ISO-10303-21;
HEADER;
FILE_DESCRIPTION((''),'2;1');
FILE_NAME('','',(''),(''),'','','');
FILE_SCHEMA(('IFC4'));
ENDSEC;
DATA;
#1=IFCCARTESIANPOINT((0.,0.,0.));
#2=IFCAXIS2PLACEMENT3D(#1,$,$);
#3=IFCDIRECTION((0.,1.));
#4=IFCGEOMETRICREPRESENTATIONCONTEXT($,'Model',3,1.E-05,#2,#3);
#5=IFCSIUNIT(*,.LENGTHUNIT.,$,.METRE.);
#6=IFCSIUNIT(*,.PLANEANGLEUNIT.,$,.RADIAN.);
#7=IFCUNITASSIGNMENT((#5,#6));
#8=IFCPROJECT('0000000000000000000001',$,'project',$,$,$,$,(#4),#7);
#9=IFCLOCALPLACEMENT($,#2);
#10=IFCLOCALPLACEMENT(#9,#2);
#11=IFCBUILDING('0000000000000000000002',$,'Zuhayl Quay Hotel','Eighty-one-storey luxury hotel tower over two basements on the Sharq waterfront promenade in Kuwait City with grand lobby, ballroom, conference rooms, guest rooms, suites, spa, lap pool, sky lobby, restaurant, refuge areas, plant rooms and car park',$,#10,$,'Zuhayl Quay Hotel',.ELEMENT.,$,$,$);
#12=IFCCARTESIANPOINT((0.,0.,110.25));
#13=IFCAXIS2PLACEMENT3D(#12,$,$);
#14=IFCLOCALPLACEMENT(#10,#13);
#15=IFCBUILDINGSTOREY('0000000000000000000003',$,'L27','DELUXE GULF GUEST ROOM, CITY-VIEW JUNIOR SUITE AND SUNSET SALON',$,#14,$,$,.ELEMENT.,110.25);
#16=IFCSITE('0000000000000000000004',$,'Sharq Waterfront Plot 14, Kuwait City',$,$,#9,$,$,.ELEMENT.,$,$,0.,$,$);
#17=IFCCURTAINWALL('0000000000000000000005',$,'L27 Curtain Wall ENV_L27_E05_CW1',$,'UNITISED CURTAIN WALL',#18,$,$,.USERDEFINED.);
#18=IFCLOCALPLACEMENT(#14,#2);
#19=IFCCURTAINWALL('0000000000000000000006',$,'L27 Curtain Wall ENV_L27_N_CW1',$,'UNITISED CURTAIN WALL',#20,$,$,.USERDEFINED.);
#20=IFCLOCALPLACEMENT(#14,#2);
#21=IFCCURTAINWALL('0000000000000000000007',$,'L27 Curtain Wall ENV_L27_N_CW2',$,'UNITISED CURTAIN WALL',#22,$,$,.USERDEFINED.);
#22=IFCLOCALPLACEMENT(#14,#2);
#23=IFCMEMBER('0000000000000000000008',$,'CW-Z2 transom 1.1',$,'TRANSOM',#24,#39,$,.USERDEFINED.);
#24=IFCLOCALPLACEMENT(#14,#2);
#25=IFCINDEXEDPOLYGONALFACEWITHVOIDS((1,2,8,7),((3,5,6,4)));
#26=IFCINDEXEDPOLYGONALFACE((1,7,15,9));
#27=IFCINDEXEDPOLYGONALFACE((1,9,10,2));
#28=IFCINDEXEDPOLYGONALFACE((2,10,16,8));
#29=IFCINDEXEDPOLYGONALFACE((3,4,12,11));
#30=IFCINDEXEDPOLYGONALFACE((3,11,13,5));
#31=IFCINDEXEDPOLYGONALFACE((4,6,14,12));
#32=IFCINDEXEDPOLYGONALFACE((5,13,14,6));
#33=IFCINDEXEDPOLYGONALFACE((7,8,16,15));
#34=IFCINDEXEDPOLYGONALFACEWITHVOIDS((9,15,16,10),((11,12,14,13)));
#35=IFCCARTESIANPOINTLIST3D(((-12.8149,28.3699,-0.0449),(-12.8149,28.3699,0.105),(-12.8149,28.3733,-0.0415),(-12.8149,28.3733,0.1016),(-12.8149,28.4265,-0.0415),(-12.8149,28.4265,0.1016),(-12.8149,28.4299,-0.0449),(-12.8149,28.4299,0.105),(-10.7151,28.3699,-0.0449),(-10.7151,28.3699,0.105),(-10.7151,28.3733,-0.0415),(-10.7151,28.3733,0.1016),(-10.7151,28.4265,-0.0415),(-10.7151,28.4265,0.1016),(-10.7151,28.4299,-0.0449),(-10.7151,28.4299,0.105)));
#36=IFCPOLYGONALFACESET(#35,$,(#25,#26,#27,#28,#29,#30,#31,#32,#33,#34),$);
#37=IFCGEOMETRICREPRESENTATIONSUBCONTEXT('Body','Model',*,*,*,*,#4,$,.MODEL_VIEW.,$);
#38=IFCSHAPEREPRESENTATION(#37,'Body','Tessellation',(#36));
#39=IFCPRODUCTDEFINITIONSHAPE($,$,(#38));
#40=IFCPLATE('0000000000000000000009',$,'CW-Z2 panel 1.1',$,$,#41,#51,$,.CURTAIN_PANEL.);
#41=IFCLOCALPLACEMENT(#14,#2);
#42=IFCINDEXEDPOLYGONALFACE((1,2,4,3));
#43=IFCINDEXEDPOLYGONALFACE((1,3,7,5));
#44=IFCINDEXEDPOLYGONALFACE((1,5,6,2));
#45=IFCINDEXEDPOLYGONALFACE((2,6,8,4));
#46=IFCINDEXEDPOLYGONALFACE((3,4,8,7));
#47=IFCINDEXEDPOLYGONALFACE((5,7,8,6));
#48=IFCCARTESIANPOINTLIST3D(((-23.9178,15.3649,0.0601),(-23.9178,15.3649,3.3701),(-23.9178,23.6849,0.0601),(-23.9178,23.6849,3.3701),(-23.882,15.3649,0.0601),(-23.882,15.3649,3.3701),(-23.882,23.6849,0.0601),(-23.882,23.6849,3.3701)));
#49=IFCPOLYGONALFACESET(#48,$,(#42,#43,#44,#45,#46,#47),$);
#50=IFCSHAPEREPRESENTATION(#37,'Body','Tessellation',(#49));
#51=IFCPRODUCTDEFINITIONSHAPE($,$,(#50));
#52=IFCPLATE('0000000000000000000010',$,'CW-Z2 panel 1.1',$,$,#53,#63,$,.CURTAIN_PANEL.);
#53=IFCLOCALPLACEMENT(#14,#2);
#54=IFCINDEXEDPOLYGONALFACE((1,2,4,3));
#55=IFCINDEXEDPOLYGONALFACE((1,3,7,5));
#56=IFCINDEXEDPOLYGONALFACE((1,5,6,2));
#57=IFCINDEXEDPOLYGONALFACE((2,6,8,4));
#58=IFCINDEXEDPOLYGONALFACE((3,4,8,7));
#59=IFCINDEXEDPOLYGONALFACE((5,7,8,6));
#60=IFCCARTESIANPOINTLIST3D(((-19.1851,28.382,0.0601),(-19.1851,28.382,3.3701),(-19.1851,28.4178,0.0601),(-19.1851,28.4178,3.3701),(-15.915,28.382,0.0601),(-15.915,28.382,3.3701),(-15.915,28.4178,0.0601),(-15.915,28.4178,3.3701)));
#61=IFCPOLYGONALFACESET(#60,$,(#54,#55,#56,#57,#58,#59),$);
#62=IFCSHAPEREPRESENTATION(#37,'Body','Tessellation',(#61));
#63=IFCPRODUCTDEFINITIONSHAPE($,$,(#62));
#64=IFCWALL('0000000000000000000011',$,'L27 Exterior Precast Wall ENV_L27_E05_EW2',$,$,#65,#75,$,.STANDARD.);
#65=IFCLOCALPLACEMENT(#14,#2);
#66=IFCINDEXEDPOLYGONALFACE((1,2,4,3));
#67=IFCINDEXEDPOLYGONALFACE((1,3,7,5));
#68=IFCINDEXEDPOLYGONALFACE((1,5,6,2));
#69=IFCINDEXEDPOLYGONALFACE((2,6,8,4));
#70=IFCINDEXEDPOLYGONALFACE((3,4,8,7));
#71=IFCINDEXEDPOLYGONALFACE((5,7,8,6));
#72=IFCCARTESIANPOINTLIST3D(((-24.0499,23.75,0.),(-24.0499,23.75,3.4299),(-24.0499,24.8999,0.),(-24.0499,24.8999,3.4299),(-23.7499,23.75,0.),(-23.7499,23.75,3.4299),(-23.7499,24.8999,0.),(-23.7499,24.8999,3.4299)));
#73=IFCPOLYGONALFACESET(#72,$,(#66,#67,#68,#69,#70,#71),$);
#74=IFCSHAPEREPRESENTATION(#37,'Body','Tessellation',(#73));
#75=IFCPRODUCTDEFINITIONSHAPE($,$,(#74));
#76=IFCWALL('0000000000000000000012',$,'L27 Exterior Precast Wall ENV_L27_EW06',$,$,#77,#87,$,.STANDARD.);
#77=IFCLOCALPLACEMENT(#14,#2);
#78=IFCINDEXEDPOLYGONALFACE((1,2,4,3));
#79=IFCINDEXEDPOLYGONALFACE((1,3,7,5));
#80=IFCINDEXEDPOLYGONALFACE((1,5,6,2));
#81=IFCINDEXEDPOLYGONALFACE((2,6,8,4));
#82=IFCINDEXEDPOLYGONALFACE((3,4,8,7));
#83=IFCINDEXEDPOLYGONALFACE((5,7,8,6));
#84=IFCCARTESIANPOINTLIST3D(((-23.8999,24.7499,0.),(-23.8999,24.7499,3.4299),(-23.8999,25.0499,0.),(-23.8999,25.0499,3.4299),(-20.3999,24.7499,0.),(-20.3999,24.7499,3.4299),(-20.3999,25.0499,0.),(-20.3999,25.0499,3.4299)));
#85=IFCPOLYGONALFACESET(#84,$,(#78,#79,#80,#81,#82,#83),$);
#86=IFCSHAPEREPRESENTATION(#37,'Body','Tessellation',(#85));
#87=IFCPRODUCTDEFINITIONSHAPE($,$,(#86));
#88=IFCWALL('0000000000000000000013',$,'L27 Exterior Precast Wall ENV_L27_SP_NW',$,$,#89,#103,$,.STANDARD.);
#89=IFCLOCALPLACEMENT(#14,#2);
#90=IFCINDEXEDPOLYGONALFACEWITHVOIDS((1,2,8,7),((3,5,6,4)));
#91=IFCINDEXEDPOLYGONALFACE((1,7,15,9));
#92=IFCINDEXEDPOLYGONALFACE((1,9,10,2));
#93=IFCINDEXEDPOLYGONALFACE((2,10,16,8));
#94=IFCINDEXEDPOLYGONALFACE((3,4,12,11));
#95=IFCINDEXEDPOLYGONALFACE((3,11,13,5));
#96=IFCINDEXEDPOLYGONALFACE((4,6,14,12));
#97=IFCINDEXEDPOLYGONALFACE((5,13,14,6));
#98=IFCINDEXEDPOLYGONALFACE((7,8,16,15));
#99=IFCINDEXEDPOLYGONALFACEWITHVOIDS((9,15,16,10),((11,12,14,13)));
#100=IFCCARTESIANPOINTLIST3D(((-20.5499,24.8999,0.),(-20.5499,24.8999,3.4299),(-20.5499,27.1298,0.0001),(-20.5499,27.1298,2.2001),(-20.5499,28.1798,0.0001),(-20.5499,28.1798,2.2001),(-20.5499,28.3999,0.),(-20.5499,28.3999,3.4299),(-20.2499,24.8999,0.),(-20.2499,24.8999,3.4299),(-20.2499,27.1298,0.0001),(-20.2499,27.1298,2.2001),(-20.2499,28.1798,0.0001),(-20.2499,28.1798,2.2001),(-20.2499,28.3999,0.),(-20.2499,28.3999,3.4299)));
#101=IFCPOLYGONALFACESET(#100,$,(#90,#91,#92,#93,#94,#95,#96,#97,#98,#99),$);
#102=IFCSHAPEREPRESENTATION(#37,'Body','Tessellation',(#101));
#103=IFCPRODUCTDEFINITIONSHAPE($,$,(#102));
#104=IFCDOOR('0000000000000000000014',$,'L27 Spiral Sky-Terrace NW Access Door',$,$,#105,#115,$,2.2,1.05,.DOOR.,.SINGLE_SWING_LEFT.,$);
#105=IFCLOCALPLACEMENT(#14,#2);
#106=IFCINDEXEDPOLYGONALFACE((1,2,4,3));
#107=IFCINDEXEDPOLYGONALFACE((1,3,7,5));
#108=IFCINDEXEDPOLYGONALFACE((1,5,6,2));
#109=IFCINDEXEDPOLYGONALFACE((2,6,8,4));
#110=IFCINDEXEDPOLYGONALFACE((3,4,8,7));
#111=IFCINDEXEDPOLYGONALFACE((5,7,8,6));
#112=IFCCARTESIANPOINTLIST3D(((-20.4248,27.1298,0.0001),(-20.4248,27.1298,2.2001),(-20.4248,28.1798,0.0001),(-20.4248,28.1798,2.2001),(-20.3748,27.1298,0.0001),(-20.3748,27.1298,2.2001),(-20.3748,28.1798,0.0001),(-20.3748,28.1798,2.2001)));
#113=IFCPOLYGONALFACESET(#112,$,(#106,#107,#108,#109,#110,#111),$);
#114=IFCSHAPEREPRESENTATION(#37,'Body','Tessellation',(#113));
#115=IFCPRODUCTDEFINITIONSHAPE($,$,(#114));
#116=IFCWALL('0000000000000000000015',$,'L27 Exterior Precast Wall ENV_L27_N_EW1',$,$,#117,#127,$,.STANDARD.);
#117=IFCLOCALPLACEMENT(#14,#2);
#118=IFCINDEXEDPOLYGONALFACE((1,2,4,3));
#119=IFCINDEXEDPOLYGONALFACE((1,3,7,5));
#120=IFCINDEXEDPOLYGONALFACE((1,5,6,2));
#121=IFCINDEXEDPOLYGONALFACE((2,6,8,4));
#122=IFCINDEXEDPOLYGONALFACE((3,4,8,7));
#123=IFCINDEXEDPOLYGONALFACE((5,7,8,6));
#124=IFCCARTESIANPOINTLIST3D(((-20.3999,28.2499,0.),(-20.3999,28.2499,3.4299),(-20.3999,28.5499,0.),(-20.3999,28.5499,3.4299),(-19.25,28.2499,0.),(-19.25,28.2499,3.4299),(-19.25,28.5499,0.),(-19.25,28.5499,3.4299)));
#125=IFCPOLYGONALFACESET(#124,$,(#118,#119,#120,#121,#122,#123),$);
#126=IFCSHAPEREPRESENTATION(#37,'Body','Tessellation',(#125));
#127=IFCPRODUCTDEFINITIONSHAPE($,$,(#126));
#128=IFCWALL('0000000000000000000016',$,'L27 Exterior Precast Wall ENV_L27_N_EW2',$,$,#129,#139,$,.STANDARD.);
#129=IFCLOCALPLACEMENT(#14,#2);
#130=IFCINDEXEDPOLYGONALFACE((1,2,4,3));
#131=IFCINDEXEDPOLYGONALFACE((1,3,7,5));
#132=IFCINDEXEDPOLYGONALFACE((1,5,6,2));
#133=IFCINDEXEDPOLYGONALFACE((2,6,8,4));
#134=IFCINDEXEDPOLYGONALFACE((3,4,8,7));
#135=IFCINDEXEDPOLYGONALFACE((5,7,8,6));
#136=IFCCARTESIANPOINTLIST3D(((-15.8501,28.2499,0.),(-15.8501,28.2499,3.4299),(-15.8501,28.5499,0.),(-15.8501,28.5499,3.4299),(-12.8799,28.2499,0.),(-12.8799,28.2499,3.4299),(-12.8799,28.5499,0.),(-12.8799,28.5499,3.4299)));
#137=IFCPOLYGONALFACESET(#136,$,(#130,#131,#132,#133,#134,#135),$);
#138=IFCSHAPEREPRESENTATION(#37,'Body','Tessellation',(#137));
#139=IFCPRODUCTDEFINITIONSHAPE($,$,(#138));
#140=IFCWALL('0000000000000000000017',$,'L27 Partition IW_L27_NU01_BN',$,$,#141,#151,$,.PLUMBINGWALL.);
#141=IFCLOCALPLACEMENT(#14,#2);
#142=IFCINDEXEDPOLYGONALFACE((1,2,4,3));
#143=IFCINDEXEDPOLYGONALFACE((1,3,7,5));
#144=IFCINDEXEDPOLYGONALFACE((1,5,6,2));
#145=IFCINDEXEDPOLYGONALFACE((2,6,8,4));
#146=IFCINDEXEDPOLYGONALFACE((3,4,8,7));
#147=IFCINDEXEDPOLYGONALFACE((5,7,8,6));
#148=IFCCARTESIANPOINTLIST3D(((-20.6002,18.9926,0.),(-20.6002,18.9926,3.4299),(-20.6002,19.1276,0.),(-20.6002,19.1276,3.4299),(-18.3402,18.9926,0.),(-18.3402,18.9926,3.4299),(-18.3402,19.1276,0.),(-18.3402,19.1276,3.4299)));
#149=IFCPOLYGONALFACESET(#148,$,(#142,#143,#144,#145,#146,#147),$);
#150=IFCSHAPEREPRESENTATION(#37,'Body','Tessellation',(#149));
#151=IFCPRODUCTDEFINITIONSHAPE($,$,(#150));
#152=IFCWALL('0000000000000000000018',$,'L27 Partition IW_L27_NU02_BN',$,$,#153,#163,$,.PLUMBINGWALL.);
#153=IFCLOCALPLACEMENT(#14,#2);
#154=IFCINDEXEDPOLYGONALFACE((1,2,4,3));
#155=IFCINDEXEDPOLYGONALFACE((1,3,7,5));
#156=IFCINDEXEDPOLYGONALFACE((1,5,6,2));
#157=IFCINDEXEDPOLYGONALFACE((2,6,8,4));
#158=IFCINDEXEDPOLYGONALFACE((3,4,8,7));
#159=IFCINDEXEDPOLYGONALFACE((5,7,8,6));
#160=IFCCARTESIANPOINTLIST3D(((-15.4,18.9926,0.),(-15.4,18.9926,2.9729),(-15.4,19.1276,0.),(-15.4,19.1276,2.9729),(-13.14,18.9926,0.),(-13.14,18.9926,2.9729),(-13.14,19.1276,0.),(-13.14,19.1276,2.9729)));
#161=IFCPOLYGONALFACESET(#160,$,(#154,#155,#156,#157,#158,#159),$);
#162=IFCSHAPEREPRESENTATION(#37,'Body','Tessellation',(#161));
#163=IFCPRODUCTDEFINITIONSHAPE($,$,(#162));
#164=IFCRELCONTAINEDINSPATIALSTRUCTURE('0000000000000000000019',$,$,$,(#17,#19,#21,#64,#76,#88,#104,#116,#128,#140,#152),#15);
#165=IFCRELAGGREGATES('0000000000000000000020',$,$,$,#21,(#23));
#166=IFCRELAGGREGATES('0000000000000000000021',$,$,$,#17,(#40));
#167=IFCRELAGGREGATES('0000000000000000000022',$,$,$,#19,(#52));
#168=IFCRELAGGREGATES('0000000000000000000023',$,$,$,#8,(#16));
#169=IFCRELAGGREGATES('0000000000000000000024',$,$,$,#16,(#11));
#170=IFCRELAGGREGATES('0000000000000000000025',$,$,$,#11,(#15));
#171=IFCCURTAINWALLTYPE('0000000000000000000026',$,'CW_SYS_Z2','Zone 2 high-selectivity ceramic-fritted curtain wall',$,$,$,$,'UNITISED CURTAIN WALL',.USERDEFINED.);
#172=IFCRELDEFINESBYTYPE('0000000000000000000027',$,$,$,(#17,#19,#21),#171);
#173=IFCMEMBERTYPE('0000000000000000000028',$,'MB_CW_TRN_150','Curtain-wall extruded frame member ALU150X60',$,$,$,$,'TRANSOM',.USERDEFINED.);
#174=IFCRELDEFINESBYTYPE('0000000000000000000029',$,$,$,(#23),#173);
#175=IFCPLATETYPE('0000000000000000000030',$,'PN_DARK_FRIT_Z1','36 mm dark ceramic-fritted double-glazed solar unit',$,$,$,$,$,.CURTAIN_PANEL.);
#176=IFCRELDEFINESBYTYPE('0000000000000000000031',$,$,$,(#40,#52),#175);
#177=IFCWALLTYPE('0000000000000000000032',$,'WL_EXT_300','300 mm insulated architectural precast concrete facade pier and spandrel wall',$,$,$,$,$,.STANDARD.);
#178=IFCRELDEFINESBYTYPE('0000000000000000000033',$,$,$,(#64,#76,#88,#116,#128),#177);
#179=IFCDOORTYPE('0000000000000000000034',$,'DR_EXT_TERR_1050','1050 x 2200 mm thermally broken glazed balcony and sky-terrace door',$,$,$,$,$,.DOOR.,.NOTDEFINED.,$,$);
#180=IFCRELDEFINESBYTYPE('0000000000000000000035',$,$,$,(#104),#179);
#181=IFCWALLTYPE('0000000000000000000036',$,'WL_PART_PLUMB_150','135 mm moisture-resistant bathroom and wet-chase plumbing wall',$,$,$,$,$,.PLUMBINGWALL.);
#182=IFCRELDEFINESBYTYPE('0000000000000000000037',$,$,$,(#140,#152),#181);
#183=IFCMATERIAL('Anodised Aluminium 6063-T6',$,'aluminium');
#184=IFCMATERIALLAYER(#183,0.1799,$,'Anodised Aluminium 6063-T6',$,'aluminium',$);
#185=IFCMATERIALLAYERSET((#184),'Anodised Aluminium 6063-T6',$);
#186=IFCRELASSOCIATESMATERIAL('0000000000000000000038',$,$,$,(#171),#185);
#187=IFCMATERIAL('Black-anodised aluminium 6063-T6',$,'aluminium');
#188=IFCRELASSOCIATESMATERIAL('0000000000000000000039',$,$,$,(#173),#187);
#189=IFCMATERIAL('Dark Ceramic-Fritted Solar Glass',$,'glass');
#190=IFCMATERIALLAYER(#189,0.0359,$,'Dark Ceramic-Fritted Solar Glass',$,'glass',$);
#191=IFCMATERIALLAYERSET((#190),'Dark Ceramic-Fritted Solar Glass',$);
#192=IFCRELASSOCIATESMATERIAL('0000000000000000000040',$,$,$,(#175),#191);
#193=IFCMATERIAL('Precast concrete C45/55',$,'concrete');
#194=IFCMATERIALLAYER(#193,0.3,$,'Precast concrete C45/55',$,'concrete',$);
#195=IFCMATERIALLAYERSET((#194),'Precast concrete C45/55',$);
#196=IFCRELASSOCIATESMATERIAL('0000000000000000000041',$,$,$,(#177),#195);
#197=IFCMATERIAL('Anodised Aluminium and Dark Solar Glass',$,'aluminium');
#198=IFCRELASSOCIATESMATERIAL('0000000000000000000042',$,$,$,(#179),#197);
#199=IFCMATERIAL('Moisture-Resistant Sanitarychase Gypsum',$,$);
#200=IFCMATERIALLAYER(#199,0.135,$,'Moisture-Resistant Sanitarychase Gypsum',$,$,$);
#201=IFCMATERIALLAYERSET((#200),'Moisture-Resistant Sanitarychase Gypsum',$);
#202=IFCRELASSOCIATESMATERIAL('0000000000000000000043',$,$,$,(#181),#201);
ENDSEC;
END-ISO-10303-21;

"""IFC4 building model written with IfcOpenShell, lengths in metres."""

from ifc_helpers import new_model, si_unit, direction, frame, frame_2d, origin, origin_2d, place, context, subcontext, project, spatial, rectangle, hollow_rectangle, extrude, material, layer, layer_set, material_profile, profile_set, type_object, element, fill, aggregate, save


model = new_model("IFC4")

# Units and contexts
model_context = context("Model", 3, precision=1e-05, world=origin(), true_north=direction((0.0, 1.0)))
body_context = subcontext(model_context, "Body", "Model", "MODEL_VIEW")
ifc_project = project(units=[si_unit("LENGTHUNIT", "METRE"), si_unit("PLANEANGLEUNIT", "RADIAN")], contexts=[model_context])

# Site, building, storey
site_placement = place(None, origin())
site = spatial("IfcSite", under=ifc_project, at=site_placement, Name="Sharq Waterfront Plot 14, Kuwait City", CompositionType="ELEMENT", RefElevation=0.0)
building_placement = place(site_placement, origin())
building = spatial("IfcBuilding", under=site, at=building_placement, Name="Zuhayl Quay Hotel", Description="Eighty-one-storey luxury hotel tower over two basements on the Sharq waterfront promenade in Kuwait City with grand lobby, ballroom, conference rooms, guest rooms, suites, spa, lap pool, sky lobby, restaurant, refuge areas, plant rooms and car park", LongName="Zuhayl Quay Hotel", CompositionType="ELEMENT")
storey_placement = place(building_placement, frame((0.0, 0.0, 110.25)))
storey = spatial("IfcBuildingStorey", under=building, at=storey_placement, Name="L27", Description="DELUXE GULF GUEST ROOM, CITY-VIEW JUNIOR SUITE AND SUNSET SALON", CompositionType="ELEMENT", Elevation=110.25)

# Curtain wall
ifc_material_1 = material(Name="Anodised Aluminium 6063-T6", Category="aluminium")
ifc_layer_1 = layer(ifc_material_1, 0.1799, Name="Anodised Aluminium 6063-T6", Category="aluminium")
ifc_layer_set_1 = layer_set([ifc_layer_1], Name="Anodised Aluminium 6063-T6")
curtain_wall_type = type_object("IfcCurtainWallType", Name="CW_SYS_Z2", Description="Zone 2 high-selectivity ceramic-fritted curtain wall", ElementType="UNITISED CURTAIN WALL", PredefinedType="USERDEFINED", material=ifc_layer_set_1)
curtain_wall_1_placement = place(storey_placement, origin())
curtain_wall_1 = element("IfcCurtainWall", 1, at=curtain_wall_1_placement, inside=storey, type_object=curtain_wall_type, Name="L27 Curtain Wall ENV_L27_E05_CW1", ObjectType="UNITISED CURTAIN WALL", PredefinedType="USERDEFINED")
ifc_material_2 = material(Name="Black-anodised aluminium 6063-T6", Category="aluminium")

# Curtain wall
curtain_wall_2_placement = place(storey_placement, origin())
curtain_wall_2 = element("IfcCurtainWall", 2, at=curtain_wall_2_placement, inside=storey, type_object=curtain_wall_type, Name="L27 Curtain Wall ENV_L27_N_CW1", ObjectType="UNITISED CURTAIN WALL", PredefinedType="USERDEFINED")

# Curtain wall
curtain_wall_3_placement = place(storey_placement, origin())
curtain_wall_3 = element("IfcCurtainWall", 3, at=curtain_wall_3_placement, inside=storey, type_object=curtain_wall_type, Name="L27 Curtain Wall ENV_L27_N_CW2", ObjectType="UNITISED CURTAIN WALL", PredefinedType="USERDEFINED")

# Member
ifc_material_profile_1 = material_profile(ifc_material_2, hollow_rectangle(XDim=0.0601, YDim=0.1499, WallThickness=0.0034, at=origin_2d()), Name="ALU150X60")
ifc_profile_set_1 = profile_set([ifc_material_profile_1], Name="Black-anodised aluminium 6063-T6")
member_type_1 = type_object("IfcMemberType", Name="MB_CW_TRN_150", Description="Curtain-wall extruded frame member ALU150X60", ElementType="TRANSOM", PredefinedType="USERDEFINED", material=ifc_profile_set_1)
member_1_placement = place(storey_placement, frame((-12.8149, 28.3999, 0.03), z_axis=(1.0, 0.0, 0.0), x_axis=(0.0, 1.0, 0.0)))
member_1 = element("IfcMember", 4, at=member_1_placement, type_object=member_type_1, Name="CW-Z2 transom 1.1", ObjectType="TRANSOM", PredefinedType="USERDEFINED", context=body_context, shape_type="SweptSolid", body=[
    extrude(hollow_rectangle(XDim=0.0601, YDim=0.1499, WallThickness=0.0034, at=origin_2d()), origin(), (0.0, 0.0, 1.0), 2.0999),
])
aggregate(curtain_wall_3, [member_1])

# Plates
ifc_material_3 = material(Name="Dark Ceramic-Fritted Solar Glass", Category="glass")
ifc_layer_2 = layer(ifc_material_3, 0.0359, Name="Dark Ceramic-Fritted Solar Glass", Category="glass")
ifc_layer_set_2 = layer_set([ifc_layer_2], Name="Dark Ceramic-Fritted Solar Glass")
plate_type = type_object("IfcPlateType", Name="PN_DARK_FRIT_Z1", Description="36 mm dark ceramic-fritted double-glazed solar unit", PredefinedType="CURTAIN_PANEL", material=ifc_layer_set_2)
plate_1_placement = place(storey_placement, frame((-23.8999, 19.5249, 0.0601), z_axis=(0.0, 0.0, 1.0), x_axis=(0.0, 1.0, 0.0)))
plate_1 = element("IfcPlate", 5, at=plate_1_placement, type_object=plate_type, Name="CW-Z2 panel 1.1", PredefinedType="CURTAIN_PANEL", context=body_context, shape_type="SweptSolid", body=[
    extrude(rectangle(XDim=8.3201, YDim=0.0359, at=origin_2d()), origin(), (0.0, 0.0, 1.0), 3.3101),
])
aggregate(curtain_wall_1, [plate_1])
plate_2_placement = place(storey_placement, frame((-17.55, 28.3999, 0.0601), z_axis=(0.0, 0.0, 1.0), x_axis=(1.0, 0.0, 0.0)))
plate_2 = element("IfcPlate", 6, at=plate_2_placement, type_object=plate_type, Name="CW-Z2 panel 1.1", PredefinedType="CURTAIN_PANEL", context=body_context, shape_type="SweptSolid", body=[
    extrude(rectangle(XDim=3.27, YDim=0.0359, at=origin_2d()), origin(), (0.0, 0.0, 1.0), 3.3101),
])
aggregate(curtain_wall_2, [plate_2])

# Walls
ifc_material_4 = material(Name="Precast concrete C45/55", Category="concrete")
ifc_layer_3 = layer(ifc_material_4, 0.3, Name="Precast concrete C45/55", Category="concrete")
ifc_layer_set_3 = layer_set([ifc_layer_3], Name="Precast concrete C45/55")
wall_type_1 = type_object("IfcWallType", Name="WL_EXT_300", Description="300 mm insulated architectural precast concrete facade pier and spandrel wall", PredefinedType="STANDARD", material=ifc_layer_set_3)
wall_1_placement = place(storey_placement, frame((-23.8999, 23.75, 0.0), z_axis=(0.0, 0.0, 1.0), x_axis=(0.0, 1.0, 0.0)))
element("IfcWall", 7, at=wall_1_placement, inside=storey, type_object=wall_type_1, Name="L27 Exterior Precast Wall ENV_L27_E05_EW2", PredefinedType="STANDARD", context=body_context, shape_type="SweptSolid", body=[
    extrude(rectangle(XDim=1.1499, YDim=0.3, at=frame_2d((0.575, 0.0))), origin(), (0.0, 0.0, 1.0), 3.4299),
])
wall_2_placement = place(storey_placement, frame((-23.8999, 24.8999, 0.0), z_axis=(0.0, 0.0, 1.0), x_axis=(1.0, 0.0, 0.0)))
element("IfcWall", 8, at=wall_2_placement, inside=storey, type_object=wall_type_1, Name="L27 Exterior Precast Wall ENV_L27_EW06", PredefinedType="STANDARD", context=body_context, shape_type="SweptSolid", body=[
    extrude(rectangle(XDim=3.5, YDim=0.3, at=frame_2d((1.75, 0.0))), origin(), (0.0, 0.0, 1.0), 3.4299),
])

# Wall, opening, door
wall_3_placement = place(storey_placement, frame((-20.3999, 24.8999, 0.0), z_axis=(0.0, 0.0, 1.0), x_axis=(0.0, 1.0, 0.0)))
wall_3 = element("IfcWall", 9, at=wall_3_placement, inside=storey, type_object=wall_type_1, Name="L27 Exterior Precast Wall ENV_L27_SP_NW", PredefinedType="STANDARD", context=body_context, shape_type="SweptSolid", body=[
    extrude(rectangle(XDim=3.5, YDim=0.3, at=frame_2d((1.75, 0.0))), origin(), (0.0, 0.0, 1.0), 3.4299),
])
opening_placement = place(wall_3_placement, frame((2.23, 0.0, 0.0)))
opening = element("IfcOpeningElement", 10, at=opening_placement, cuts=wall_3, PredefinedType="OPENING", context=body_context, shape_type="SweptSolid", body=[
    extrude(rectangle(XDim=1.05, YDim=2.2, at=frame_2d((0.5249, 1.1001))), frame((0.0, 0.1599, 0.0), z_axis=(0.0, -1.0, 0.0), x_axis=(1.0, 0.0, 0.0)), (0.0, 0.0, 1.0), 0.3201),
])
ifc_material_5 = material(Name="Anodised Aluminium and Dark Solar Glass", Category="aluminium")
door_type = type_object("IfcDoorType", Name="DR_EXT_TERR_1050", Description="1050 x 2200 mm thermally broken glazed balcony and sky-terrace door", OperationType="NOTDEFINED", PredefinedType="DOOR", material=ifc_material_5)
door_placement = place(opening_placement, origin())
door = element("IfcDoor", 11, at=door_placement, inside=storey, type_object=door_type, Name="L27 Spiral Sky-Terrace NW Access Door", OperationType="SINGLE_SWING_LEFT", OverallHeight=2.2, OverallWidth=1.05, PredefinedType="DOOR", context=body_context, shape_type="SweptSolid", body=[
    extrude(rectangle(XDim=1.05, YDim=2.2, at=frame_2d((0.5249, 1.1001))), frame((0.0, 0.0249, 0.0), z_axis=(0.0, -1.0, 0.0), x_axis=(1.0, 0.0, 0.0)), (0.0, 0.0, 1.0), 0.05),
])
fill(opening, door)

# Walls
wall_4_placement = place(storey_placement, frame((-20.3999, 28.3999, 0.0), z_axis=(0.0, 0.0, 1.0), x_axis=(1.0, 0.0, 0.0)))
element("IfcWall", 12, at=wall_4_placement, inside=storey, type_object=wall_type_1, Name="L27 Exterior Precast Wall ENV_L27_N_EW1", PredefinedType="STANDARD", context=body_context, shape_type="SweptSolid", body=[
    extrude(rectangle(XDim=1.1499, YDim=0.3, at=frame_2d((0.575, 0.0))), origin(), (0.0, 0.0, 1.0), 3.4299),
])
wall_5_placement = place(storey_placement, frame((-15.8501, 28.3999, 0.0), z_axis=(0.0, 0.0, 1.0), x_axis=(1.0, 0.0, 0.0)))
element("IfcWall", 13, at=wall_5_placement, inside=storey, type_object=wall_type_1, Name="L27 Exterior Precast Wall ENV_L27_N_EW2", PredefinedType="STANDARD", context=body_context, shape_type="SweptSolid", body=[
    extrude(rectangle(XDim=2.9702, YDim=0.3, at=frame_2d((1.4851, 0.0))), origin(), (0.0, 0.0, 1.0), 3.4299),
])
ifc_material_6 = material(Name="Moisture-Resistant Sanitarychase Gypsum")
ifc_layer_4 = layer(ifc_material_6, 0.135, Name="Moisture-Resistant Sanitarychase Gypsum")
ifc_layer_set_4 = layer_set([ifc_layer_4], Name="Moisture-Resistant Sanitarychase Gypsum")
wall_type_2 = type_object("IfcWallType", Name="WL_PART_PLUMB_150", Description="135 mm moisture-resistant bathroom and wet-chase plumbing wall", PredefinedType="PLUMBINGWALL", material=ifc_layer_set_4)
wall_6_placement = place(storey_placement, frame((-20.6001, 19.0601, 0.0), z_axis=(0.0, 0.0, 1.0), x_axis=(1.0, 0.0, 0.0)))
element("IfcWall", 14, at=wall_6_placement, inside=storey, type_object=wall_type_2, Name="L27 Partition IW_L27_NU01_BN", PredefinedType="PLUMBINGWALL", context=body_context, shape_type="SweptSolid", body=[
    extrude(rectangle(XDim=2.26, YDim=0.135, at=frame_2d((1.1299, 0.0))), origin(), (0.0, 0.0, 1.0), 3.4299),
])
wall_7_placement = place(storey_placement, frame((-15.3999, 19.0601, 0.0), z_axis=(0.0, 0.0, 1.0), x_axis=(1.0, 0.0, 0.0)))
element("IfcWall", 15, at=wall_7_placement, inside=storey, type_object=wall_type_2, Name="L27 Partition IW_L27_NU02_BN", PredefinedType="PLUMBINGWALL", context=body_context, shape_type="SweptSolid", body=[
    extrude(rectangle(XDim=2.26, YDim=0.135, at=frame_2d((1.1299, 0.0))), origin(), (0.0, 0.0, 1.0), 2.9729),
])

save(model, "model.ifc")
